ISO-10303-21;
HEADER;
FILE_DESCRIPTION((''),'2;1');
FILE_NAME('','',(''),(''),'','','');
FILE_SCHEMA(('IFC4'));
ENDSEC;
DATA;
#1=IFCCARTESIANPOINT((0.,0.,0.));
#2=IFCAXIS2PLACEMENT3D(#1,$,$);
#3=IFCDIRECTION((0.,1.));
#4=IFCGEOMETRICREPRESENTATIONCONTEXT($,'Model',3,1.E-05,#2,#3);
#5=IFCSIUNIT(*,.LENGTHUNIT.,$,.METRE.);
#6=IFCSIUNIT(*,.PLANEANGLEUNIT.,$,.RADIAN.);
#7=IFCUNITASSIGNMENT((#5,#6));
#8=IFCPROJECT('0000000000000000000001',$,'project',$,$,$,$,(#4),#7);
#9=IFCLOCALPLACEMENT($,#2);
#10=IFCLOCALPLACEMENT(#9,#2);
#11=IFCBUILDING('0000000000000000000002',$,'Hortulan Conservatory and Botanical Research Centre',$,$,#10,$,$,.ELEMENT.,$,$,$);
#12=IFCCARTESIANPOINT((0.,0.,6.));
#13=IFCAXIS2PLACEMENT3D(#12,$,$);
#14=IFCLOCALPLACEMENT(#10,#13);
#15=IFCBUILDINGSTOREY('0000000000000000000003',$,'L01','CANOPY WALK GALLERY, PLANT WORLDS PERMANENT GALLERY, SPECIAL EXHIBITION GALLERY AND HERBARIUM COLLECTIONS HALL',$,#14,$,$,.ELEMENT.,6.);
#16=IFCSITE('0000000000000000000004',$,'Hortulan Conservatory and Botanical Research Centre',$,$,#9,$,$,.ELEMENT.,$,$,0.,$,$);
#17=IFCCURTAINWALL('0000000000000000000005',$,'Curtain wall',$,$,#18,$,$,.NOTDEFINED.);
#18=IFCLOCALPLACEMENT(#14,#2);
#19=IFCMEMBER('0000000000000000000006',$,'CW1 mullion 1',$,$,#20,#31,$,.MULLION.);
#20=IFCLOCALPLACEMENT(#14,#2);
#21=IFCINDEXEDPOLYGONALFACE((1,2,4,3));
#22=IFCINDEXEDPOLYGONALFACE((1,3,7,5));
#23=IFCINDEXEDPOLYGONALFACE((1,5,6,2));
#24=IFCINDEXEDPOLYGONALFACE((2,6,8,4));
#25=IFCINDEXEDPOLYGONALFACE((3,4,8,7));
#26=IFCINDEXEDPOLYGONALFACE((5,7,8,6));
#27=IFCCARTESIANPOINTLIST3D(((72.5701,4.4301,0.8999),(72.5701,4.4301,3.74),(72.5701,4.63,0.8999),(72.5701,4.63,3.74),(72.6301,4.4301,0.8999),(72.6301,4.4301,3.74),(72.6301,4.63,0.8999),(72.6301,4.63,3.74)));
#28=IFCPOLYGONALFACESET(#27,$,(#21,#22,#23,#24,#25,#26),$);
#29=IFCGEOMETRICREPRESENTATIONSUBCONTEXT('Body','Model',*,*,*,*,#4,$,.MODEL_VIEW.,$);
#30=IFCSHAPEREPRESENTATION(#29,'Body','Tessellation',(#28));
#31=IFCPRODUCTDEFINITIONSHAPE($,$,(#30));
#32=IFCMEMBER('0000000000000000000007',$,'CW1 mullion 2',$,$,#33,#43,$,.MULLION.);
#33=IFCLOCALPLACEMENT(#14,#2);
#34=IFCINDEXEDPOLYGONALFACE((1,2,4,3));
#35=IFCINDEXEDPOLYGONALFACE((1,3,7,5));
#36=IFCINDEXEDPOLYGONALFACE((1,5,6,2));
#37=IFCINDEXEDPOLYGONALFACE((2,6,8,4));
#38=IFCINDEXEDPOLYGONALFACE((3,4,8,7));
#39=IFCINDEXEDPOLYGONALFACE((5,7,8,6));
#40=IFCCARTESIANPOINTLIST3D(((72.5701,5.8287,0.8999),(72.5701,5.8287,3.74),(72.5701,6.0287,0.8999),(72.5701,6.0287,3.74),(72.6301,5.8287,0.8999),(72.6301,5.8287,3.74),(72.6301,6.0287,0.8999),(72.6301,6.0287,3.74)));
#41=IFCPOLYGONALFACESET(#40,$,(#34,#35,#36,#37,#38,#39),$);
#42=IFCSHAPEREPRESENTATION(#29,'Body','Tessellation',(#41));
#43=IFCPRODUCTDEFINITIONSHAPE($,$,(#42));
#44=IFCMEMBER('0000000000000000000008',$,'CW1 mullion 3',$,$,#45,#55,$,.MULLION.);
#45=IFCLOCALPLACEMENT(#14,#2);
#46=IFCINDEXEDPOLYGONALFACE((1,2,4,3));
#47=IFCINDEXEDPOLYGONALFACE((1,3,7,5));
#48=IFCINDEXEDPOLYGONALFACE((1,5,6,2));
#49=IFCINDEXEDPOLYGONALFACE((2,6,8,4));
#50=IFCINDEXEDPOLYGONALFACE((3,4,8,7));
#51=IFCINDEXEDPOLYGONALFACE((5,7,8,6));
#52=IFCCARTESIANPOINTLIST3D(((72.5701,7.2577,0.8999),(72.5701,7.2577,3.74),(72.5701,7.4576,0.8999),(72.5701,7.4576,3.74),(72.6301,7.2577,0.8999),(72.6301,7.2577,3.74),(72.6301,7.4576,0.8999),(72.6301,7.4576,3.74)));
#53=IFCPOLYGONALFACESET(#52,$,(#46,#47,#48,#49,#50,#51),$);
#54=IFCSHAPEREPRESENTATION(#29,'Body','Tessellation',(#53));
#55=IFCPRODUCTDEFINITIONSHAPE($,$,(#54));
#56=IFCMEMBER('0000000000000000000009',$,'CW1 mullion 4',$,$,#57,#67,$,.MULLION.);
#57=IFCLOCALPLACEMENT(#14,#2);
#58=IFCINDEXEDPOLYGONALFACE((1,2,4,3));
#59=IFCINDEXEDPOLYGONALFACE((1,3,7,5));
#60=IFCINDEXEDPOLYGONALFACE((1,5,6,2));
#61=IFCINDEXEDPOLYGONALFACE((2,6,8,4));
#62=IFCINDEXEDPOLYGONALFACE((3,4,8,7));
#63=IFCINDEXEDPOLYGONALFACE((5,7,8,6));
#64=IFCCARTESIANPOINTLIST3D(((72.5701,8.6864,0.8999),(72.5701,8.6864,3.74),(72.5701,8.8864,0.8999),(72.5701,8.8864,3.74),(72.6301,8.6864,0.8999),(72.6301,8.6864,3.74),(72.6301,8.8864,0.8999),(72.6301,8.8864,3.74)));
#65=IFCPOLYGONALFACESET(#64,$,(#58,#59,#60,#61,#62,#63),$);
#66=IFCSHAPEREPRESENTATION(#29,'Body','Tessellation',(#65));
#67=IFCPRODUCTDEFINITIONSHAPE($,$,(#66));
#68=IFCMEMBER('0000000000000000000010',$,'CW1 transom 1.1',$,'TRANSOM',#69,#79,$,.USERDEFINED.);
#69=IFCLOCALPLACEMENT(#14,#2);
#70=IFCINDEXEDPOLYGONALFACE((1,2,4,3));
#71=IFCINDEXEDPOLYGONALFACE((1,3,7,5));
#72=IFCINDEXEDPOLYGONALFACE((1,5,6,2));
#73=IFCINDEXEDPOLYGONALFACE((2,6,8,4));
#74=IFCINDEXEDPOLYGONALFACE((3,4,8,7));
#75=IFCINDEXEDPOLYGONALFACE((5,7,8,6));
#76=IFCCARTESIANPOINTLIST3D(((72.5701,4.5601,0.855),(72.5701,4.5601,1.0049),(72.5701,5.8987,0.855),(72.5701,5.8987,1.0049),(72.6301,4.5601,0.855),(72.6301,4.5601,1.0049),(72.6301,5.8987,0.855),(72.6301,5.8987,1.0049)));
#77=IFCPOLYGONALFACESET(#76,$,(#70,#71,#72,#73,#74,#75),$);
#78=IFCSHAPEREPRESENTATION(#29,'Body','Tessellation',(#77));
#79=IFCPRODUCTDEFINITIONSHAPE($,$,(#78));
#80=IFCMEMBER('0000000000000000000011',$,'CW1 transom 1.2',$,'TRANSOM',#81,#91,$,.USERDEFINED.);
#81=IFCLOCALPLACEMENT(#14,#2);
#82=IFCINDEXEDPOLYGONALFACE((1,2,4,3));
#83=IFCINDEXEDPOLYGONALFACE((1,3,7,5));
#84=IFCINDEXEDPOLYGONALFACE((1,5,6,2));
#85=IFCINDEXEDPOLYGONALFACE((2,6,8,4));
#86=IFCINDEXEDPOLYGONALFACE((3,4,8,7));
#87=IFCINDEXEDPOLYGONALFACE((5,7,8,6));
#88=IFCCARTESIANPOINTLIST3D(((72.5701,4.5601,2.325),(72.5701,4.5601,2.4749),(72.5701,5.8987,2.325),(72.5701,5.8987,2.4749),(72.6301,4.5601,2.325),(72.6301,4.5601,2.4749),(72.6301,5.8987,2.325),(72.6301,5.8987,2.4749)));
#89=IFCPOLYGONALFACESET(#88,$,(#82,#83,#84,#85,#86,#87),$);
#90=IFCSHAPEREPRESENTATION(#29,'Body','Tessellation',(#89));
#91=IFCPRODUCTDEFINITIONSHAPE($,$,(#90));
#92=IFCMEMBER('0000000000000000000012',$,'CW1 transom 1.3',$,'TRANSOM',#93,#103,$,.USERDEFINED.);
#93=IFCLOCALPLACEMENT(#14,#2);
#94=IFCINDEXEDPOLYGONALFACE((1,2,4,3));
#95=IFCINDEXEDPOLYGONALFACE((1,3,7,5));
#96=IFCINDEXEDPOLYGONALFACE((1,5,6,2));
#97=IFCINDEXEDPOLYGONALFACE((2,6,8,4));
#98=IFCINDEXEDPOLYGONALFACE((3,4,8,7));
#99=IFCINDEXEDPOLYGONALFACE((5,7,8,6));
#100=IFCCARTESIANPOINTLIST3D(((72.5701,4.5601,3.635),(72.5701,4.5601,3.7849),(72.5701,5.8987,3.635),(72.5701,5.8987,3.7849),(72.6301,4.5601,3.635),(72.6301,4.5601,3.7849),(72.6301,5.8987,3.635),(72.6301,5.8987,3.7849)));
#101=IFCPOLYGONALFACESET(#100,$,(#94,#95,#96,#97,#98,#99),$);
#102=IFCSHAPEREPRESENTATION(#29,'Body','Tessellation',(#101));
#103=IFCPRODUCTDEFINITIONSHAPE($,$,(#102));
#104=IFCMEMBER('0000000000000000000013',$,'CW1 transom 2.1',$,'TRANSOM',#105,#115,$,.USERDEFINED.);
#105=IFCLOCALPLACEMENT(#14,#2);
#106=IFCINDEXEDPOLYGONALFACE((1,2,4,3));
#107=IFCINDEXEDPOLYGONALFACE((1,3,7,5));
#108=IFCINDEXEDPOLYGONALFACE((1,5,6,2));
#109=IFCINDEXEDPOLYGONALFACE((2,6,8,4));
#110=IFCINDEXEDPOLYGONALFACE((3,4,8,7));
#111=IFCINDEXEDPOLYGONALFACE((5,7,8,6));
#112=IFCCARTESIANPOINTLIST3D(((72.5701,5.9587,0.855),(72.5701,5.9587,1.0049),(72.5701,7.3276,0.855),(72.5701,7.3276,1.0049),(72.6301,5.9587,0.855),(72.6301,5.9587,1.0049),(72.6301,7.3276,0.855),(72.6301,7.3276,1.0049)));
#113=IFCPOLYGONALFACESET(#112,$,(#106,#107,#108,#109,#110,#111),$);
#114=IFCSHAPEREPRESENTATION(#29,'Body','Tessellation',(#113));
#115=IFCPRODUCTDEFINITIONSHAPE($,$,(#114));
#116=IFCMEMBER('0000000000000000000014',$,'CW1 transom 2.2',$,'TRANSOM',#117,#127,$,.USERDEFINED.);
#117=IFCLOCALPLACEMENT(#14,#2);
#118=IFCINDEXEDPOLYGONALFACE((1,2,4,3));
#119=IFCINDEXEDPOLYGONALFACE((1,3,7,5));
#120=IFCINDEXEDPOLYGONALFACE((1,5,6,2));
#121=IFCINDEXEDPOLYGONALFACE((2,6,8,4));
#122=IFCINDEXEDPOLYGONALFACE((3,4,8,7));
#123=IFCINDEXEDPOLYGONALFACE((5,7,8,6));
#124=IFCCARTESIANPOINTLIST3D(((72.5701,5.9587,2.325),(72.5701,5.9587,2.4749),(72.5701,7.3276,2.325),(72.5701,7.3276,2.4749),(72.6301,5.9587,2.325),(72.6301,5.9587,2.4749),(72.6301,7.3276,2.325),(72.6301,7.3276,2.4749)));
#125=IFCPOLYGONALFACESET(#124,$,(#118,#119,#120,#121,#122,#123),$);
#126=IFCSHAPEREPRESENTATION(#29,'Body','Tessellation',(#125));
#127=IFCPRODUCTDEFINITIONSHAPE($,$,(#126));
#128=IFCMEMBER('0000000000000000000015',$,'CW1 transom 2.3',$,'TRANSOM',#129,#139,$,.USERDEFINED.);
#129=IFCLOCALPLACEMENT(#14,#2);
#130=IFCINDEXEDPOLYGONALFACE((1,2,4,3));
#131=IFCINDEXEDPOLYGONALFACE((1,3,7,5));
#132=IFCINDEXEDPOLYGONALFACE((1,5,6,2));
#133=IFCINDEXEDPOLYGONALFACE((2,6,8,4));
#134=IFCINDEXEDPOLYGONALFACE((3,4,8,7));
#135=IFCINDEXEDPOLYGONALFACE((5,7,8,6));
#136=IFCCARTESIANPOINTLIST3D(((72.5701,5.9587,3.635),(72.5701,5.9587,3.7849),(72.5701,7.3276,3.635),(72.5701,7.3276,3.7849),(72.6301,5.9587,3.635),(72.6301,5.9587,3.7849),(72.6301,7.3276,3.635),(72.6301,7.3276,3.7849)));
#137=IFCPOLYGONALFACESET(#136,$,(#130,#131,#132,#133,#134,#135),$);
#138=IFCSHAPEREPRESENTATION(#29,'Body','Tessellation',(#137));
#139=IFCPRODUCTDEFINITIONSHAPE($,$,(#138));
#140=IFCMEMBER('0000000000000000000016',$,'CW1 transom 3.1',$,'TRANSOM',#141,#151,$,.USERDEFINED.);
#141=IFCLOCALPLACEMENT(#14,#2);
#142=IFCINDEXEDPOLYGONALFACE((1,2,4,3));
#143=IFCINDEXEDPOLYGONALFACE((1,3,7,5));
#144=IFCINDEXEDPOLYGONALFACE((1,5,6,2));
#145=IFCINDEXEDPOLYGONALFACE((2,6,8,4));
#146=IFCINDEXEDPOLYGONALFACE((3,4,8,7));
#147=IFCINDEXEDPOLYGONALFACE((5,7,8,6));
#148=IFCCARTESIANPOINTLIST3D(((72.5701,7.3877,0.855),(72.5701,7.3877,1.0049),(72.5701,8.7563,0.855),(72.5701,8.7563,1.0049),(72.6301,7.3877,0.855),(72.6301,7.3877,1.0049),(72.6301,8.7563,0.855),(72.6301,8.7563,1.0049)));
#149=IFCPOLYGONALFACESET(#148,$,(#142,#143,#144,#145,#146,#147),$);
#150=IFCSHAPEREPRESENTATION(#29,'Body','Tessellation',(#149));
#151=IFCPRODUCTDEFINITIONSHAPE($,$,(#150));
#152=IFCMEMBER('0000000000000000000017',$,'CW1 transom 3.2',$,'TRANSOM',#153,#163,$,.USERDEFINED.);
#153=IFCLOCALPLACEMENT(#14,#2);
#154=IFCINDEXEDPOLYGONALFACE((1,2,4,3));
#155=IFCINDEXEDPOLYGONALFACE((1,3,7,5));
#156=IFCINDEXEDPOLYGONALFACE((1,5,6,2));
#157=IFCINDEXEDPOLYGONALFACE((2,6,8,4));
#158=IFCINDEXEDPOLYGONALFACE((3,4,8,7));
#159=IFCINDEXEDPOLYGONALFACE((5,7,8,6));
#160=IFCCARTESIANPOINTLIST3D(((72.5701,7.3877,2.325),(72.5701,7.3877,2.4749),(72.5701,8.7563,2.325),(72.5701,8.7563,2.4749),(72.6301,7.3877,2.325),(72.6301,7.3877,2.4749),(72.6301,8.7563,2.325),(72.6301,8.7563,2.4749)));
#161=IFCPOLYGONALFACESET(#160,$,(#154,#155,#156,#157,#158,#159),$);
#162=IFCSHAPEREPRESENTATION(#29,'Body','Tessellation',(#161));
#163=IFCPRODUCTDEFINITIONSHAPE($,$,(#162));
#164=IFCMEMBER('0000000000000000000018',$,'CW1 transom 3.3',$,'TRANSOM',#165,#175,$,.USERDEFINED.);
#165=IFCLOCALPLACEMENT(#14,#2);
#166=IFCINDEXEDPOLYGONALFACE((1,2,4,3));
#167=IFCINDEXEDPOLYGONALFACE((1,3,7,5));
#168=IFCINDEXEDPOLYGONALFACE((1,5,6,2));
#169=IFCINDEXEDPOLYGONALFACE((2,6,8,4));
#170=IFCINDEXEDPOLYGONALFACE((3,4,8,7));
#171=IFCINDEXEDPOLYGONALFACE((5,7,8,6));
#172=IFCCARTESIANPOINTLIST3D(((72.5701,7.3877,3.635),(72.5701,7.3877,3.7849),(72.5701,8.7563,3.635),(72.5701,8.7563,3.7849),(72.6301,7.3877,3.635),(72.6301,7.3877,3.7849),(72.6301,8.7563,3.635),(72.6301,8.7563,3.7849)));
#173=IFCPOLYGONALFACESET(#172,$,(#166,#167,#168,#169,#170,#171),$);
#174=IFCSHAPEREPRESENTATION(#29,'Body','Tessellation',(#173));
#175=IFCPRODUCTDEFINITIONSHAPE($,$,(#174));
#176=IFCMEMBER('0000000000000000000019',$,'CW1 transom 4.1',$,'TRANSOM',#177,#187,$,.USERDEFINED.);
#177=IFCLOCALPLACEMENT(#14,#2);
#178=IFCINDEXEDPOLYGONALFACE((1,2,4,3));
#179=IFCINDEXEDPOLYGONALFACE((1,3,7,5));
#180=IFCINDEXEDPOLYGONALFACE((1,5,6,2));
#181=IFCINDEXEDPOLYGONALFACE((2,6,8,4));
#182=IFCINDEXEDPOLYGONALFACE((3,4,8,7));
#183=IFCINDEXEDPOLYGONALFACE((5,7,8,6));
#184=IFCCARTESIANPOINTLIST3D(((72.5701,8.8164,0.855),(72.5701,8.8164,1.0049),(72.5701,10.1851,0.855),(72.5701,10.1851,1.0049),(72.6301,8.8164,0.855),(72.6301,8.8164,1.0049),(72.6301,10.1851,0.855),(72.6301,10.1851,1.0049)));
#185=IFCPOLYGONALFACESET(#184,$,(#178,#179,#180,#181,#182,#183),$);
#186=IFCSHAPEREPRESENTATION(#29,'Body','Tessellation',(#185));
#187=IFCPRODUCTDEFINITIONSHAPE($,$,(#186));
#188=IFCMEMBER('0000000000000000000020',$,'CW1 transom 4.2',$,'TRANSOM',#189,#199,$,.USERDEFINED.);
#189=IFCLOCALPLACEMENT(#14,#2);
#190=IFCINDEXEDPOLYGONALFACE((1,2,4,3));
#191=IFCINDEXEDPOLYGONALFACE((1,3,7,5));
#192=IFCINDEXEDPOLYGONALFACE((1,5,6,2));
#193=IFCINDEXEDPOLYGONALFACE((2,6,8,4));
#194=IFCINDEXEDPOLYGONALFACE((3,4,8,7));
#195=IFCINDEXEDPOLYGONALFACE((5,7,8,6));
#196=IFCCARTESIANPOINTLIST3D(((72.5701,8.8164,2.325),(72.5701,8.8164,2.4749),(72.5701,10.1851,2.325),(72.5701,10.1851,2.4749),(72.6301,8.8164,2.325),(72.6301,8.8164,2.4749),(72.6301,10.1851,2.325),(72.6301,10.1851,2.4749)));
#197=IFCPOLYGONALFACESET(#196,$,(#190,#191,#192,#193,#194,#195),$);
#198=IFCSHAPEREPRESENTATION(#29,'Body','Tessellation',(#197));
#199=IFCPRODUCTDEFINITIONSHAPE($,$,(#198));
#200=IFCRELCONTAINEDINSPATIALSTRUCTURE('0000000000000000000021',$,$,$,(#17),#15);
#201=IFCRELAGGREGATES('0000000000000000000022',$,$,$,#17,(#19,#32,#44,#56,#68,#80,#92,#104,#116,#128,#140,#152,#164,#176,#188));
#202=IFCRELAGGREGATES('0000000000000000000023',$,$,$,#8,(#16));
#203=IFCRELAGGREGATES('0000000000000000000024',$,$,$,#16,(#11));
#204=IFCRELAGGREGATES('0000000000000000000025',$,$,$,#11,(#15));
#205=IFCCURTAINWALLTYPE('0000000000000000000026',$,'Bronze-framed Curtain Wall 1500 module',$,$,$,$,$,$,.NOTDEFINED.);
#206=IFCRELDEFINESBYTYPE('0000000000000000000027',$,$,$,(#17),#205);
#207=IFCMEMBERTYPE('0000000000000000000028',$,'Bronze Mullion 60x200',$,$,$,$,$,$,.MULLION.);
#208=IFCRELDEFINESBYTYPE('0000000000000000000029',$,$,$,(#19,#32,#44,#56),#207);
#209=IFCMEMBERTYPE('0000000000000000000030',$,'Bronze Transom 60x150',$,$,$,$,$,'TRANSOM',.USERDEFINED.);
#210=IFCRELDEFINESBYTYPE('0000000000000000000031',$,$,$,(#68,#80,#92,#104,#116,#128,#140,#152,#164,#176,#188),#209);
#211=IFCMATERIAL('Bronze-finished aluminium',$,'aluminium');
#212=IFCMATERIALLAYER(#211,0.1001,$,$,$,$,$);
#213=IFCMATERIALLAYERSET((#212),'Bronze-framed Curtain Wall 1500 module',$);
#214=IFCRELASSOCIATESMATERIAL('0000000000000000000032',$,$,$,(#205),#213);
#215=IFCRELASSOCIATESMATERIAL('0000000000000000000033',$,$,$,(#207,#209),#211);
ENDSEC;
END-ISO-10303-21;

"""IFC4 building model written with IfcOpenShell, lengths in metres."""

from ifc_helpers import new_model, si_unit, direction, frame, origin, origin_2d, place, context, subcontext, project, spatial, rectangle, extrude, material, layer, layer_set, material_profile, profile_set, type_object, element, aggregate, save


model = new_model("IFC4")

# Units and contexts
model_context = context("Model", 3, precision=1e-05, world=origin(), true_north=direction((0.0, 1.0)))
body_context = subcontext(model_context, "Body", "Model", "MODEL_VIEW")
ifc_project = project(units=[si_unit("LENGTHUNIT", "METRE"), si_unit("PLANEANGLEUNIT", "RADIAN")], contexts=[model_context])

# Site, building, storey
site_placement = place(None, origin())
site = spatial("IfcSite", under=ifc_project, at=site_placement, Name="Hortulan Conservatory and Botanical Research Centre", CompositionType="ELEMENT", RefElevation=0.0)
building_placement = place(site_placement, origin())
building = spatial("IfcBuilding", under=site, at=building_placement, Name="Hortulan Conservatory and Botanical Research Centre", CompositionType="ELEMENT")
storey_placement = place(building_placement, frame((0.0, 0.0, 6.0)))
storey = spatial("IfcBuildingStorey", under=building, at=storey_placement, Name="L01", Description="CANOPY WALK GALLERY, PLANT WORLDS PERMANENT GALLERY, SPECIAL EXHIBITION GALLERY AND HERBARIUM COLLECTIONS HALL", CompositionType="ELEMENT", Elevation=6.0)

# Curtain wall, members
ifc_material_1 = material(Name="Bronze-finished aluminium", Category="aluminium")
ifc_layer_1 = layer(ifc_material_1, 0.1001)
ifc_layer_set_1 = layer_set([ifc_layer_1], Name="Bronze-framed Curtain Wall 1500 module")
curtain_wall_type = type_object("IfcCurtainWallType", Name="Bronze-framed Curtain Wall 1500 module", PredefinedType="NOTDEFINED", material=ifc_layer_set_1)
curtain_wall_placement = place(storey_placement, origin())
curtain_wall = element("IfcCurtainWall", 1, at=curtain_wall_placement, inside=storey, type_object=curtain_wall_type, Name="Curtain wall", PredefinedType="NOTDEFINED")
ifc_material_profile_1 = material_profile(ifc_material_1, rectangle(XDim=0.0601, YDim=0.2, at=origin_2d()), Name="Bronze Mullion 60x200")
ifc_profile_set_1 = profile_set([ifc_material_profile_1], Name="Bronze-finished aluminium")
member_type_1 = type_object("IfcMemberType", Name="Bronze Mullion 60x200", PredefinedType="MULLION", material=ifc_profile_set_1)
member_1_placement = place(storey_placement, frame((72.6001, 4.53, 0.8999), z_axis=(0.0, 0.0, 1.0), x_axis=(-1.0, 0.0, 0.0)))
member_1 = element("IfcMember", 2, at=member_1_placement, type_object=member_type_1, Name="CW1 mullion 1", PredefinedType="MULLION", context=body_context, shape_type="SweptSolid", body=[
    extrude(rectangle(XDim=0.0601, YDim=0.2, at=origin_2d()), origin(), (0.0, 0.0, 1.0), 2.8401),
])
member_2_placement = place(storey_placement, frame((72.6001, 5.9287, 0.8999), z_axis=(0.0, 0.0, 1.0), x_axis=(-1.0, 0.0, 0.0)))
member_2 = element("IfcMember", 3, at=member_2_placement, type_object=member_type_1, Name="CW1 mullion 2", PredefinedType="MULLION", context=body_context, shape_type="SweptSolid", body=[
    extrude(rectangle(XDim=0.0601, YDim=0.2, at=origin_2d()), origin(), (0.0, 0.0, 1.0), 2.8401),
])
member_3_placement = place(storey_placement, frame((72.6001, 7.3577, 0.8999), z_axis=(0.0, 0.0, 1.0), x_axis=(-1.0, 0.0, 0.0)))
member_3 = element("IfcMember", 4, at=member_3_placement, type_object=member_type_1, Name="CW1 mullion 3", PredefinedType="MULLION", context=body_context, shape_type="SweptSolid", body=[
    extrude(rectangle(XDim=0.0601, YDim=0.2, at=origin_2d()), origin(), (0.0, 0.0, 1.0), 2.8401),
])
member_4_placement = place(storey_placement, frame((72.6001, 8.7864, 0.8999), z_axis=(0.0, 0.0, 1.0), x_axis=(-1.0, 0.0, 0.0)))
member_4 = element("IfcMember", 5, at=member_4_placement, type_object=member_type_1, Name="CW1 mullion 4", PredefinedType="MULLION", context=body_context, shape_type="SweptSolid", body=[
    extrude(rectangle(XDim=0.0601, YDim=0.2, at=origin_2d()), origin(), (0.0, 0.0, 1.0), 2.8401),
])
ifc_material_profile_2 = material_profile(ifc_material_1, rectangle(XDim=0.0601, YDim=0.1499, at=origin_2d()), Name="Bronze Transom 60x150")
ifc_profile_set_2 = profile_set([ifc_material_profile_2], Name="Bronze-finished aluminium")
member_type_2 = type_object("IfcMemberType", Name="Bronze Transom 60x150", ElementType="TRANSOM", PredefinedType="USERDEFINED", material=ifc_profile_set_2)
member_5_placement = place(storey_placement, frame((72.6001, 4.5601, 0.9299), z_axis=(0.0, 1.0, 0.0), x_axis=(-1.0, 0.0, 0.0)))
member_5 = element("IfcMember", 6, at=member_5_placement, type_object=member_type_2, Name="CW1 transom 1.1", ObjectType="TRANSOM", PredefinedType="USERDEFINED", context=body_context, shape_type="SweptSolid", body=[
    extrude(rectangle(XDim=0.0601, YDim=0.1499, at=origin_2d()), origin(), (0.0, 0.0, 1.0), 1.3386),
])
member_6_placement = place(storey_placement, frame((72.6001, 4.5601, 2.3999), z_axis=(0.0, 1.0, 0.0), x_axis=(-1.0, 0.0, 0.0)))
member_6 = element("IfcMember", 7, at=member_6_placement, type_object=member_type_2, Name="CW1 transom 1.2", ObjectType="TRANSOM", PredefinedType="USERDEFINED", context=body_context, shape_type="SweptSolid", body=[
    extrude(rectangle(XDim=0.0601, YDim=0.1499, at=origin_2d()), origin(), (0.0, 0.0, 1.0), 1.3386),
])
member_7_placement = place(storey_placement, frame((72.6001, 4.5601, 3.71), z_axis=(0.0, 1.0, 0.0), x_axis=(-1.0, 0.0, 0.0)))
member_7 = element("IfcMember", 8, at=member_7_placement, type_object=member_type_2, Name="CW1 transom 1.3", ObjectType="TRANSOM", PredefinedType="USERDEFINED", context=body_context, shape_type="SweptSolid", body=[
    extrude(rectangle(XDim=0.0601, YDim=0.1499, at=origin_2d()), origin(), (0.0, 0.0, 1.0), 1.3386),
])
member_8_placement = place(storey_placement, frame((72.6001, 5.9587, 0.9299), z_axis=(0.0, 1.0, 0.0), x_axis=(-1.0, 0.0, 0.0)))
member_8 = element("IfcMember", 9, at=member_8_placement, type_object=member_type_2, Name="CW1 transom 2.1", ObjectType="TRANSOM", PredefinedType="USERDEFINED", context=body_context, shape_type="SweptSolid", body=[
    extrude(rectangle(XDim=0.0601, YDim=0.1499, at=origin_2d()), origin(), (0.0, 0.0, 1.0), 1.3689),
])
member_9_placement = place(storey_placement, frame((72.6001, 5.9587, 2.3999), z_axis=(0.0, 1.0, 0.0), x_axis=(-1.0, 0.0, 0.0)))
member_9 = element("IfcMember", 10, at=member_9_placement, type_object=member_type_2, Name="CW1 transom 2.2", ObjectType="TRANSOM", PredefinedType="USERDEFINED", context=body_context, shape_type="SweptSolid", body=[
    extrude(rectangle(XDim=0.0601, YDim=0.1499, at=origin_2d()), origin(), (0.0, 0.0, 1.0), 1.3689),
])
member_10_placement = place(storey_placement, frame((72.6001, 5.9587, 3.71), z_axis=(0.0, 1.0, 0.0), x_axis=(-1.0, 0.0, 0.0)))
member_10 = element("IfcMember", 11, at=member_10_placement, type_object=member_type_2, Name="CW1 transom 2.3", ObjectType="TRANSOM", PredefinedType="USERDEFINED", context=body_context, shape_type="SweptSolid", body=[
    extrude(rectangle(XDim=0.0601, YDim=0.1499, at=origin_2d()), origin(), (0.0, 0.0, 1.0), 1.3689),
])
member_11_placement = place(storey_placement, frame((72.6001, 7.3877, 0.9299), z_axis=(0.0, 1.0, 0.0), x_axis=(-1.0, 0.0, 0.0)))
member_11 = element("IfcMember", 12, at=member_11_placement, type_object=member_type_2, Name="CW1 transom 3.1", ObjectType="TRANSOM", PredefinedType="USERDEFINED", context=body_context, shape_type="SweptSolid", body=[
    extrude(rectangle(XDim=0.0601, YDim=0.1499, at=origin_2d()), origin(), (0.0, 0.0, 1.0), 1.3687),
])
member_12_placement = place(storey_placement, frame((72.6001, 7.3877, 2.3999), z_axis=(0.0, 1.0, 0.0), x_axis=(-1.0, 0.0, 0.0)))
member_12 = element("IfcMember", 13, at=member_12_placement, type_object=member_type_2, Name="CW1 transom 3.2", ObjectType="TRANSOM", PredefinedType="USERDEFINED", context=body_context, shape_type="SweptSolid", body=[
    extrude(rectangle(XDim=0.0601, YDim=0.1499, at=origin_2d()), origin(), (0.0, 0.0, 1.0), 1.3687),
])
member_13_placement = place(storey_placement, frame((72.6001, 7.3877, 3.71), z_axis=(0.0, 1.0, 0.0), x_axis=(-1.0, 0.0, 0.0)))
member_13 = element("IfcMember", 14, at=member_13_placement, type_object=member_type_2, Name="CW1 transom 3.3", ObjectType="TRANSOM", PredefinedType="USERDEFINED", context=body_context, shape_type="SweptSolid", body=[
    extrude(rectangle(XDim=0.0601, YDim=0.1499, at=origin_2d()), origin(), (0.0, 0.0, 1.0), 1.3687),
])
member_14_placement = place(storey_placement, frame((72.6001, 8.8164, 0.9299), z_axis=(0.0, 1.0, 0.0), x_axis=(-1.0, 0.0, 0.0)))
member_14 = element("IfcMember", 15, at=member_14_placement, type_object=member_type_2, Name="CW1 transom 4.1", ObjectType="TRANSOM", PredefinedType="USERDEFINED", context=body_context, shape_type="SweptSolid", body=[
    extrude(rectangle(XDim=0.0601, YDim=0.1499, at=origin_2d()), origin(), (0.0, 0.0, 1.0), 1.3687),
])
member_15_placement = place(storey_placement, frame((72.6001, 8.8164, 2.3999), z_axis=(0.0, 1.0, 0.0), x_axis=(-1.0, 0.0, 0.0)))
member_15 = element("IfcMember", 16, at=member_15_placement, type_object=member_type_2, Name="CW1 transom 4.2", ObjectType="TRANSOM", PredefinedType="USERDEFINED", context=body_context, shape_type="SweptSolid", body=[
    extrude(rectangle(XDim=0.0601, YDim=0.1499, at=origin_2d()), origin(), (0.0, 0.0, 1.0), 1.3687),
])
aggregate(curtain_wall, [member_1, member_2, member_3, member_4, member_5, member_6, member_7, member_8, member_9, member_10, member_11, member_12, member_13, member_14, member_15])

save(model, "model.ifc")
